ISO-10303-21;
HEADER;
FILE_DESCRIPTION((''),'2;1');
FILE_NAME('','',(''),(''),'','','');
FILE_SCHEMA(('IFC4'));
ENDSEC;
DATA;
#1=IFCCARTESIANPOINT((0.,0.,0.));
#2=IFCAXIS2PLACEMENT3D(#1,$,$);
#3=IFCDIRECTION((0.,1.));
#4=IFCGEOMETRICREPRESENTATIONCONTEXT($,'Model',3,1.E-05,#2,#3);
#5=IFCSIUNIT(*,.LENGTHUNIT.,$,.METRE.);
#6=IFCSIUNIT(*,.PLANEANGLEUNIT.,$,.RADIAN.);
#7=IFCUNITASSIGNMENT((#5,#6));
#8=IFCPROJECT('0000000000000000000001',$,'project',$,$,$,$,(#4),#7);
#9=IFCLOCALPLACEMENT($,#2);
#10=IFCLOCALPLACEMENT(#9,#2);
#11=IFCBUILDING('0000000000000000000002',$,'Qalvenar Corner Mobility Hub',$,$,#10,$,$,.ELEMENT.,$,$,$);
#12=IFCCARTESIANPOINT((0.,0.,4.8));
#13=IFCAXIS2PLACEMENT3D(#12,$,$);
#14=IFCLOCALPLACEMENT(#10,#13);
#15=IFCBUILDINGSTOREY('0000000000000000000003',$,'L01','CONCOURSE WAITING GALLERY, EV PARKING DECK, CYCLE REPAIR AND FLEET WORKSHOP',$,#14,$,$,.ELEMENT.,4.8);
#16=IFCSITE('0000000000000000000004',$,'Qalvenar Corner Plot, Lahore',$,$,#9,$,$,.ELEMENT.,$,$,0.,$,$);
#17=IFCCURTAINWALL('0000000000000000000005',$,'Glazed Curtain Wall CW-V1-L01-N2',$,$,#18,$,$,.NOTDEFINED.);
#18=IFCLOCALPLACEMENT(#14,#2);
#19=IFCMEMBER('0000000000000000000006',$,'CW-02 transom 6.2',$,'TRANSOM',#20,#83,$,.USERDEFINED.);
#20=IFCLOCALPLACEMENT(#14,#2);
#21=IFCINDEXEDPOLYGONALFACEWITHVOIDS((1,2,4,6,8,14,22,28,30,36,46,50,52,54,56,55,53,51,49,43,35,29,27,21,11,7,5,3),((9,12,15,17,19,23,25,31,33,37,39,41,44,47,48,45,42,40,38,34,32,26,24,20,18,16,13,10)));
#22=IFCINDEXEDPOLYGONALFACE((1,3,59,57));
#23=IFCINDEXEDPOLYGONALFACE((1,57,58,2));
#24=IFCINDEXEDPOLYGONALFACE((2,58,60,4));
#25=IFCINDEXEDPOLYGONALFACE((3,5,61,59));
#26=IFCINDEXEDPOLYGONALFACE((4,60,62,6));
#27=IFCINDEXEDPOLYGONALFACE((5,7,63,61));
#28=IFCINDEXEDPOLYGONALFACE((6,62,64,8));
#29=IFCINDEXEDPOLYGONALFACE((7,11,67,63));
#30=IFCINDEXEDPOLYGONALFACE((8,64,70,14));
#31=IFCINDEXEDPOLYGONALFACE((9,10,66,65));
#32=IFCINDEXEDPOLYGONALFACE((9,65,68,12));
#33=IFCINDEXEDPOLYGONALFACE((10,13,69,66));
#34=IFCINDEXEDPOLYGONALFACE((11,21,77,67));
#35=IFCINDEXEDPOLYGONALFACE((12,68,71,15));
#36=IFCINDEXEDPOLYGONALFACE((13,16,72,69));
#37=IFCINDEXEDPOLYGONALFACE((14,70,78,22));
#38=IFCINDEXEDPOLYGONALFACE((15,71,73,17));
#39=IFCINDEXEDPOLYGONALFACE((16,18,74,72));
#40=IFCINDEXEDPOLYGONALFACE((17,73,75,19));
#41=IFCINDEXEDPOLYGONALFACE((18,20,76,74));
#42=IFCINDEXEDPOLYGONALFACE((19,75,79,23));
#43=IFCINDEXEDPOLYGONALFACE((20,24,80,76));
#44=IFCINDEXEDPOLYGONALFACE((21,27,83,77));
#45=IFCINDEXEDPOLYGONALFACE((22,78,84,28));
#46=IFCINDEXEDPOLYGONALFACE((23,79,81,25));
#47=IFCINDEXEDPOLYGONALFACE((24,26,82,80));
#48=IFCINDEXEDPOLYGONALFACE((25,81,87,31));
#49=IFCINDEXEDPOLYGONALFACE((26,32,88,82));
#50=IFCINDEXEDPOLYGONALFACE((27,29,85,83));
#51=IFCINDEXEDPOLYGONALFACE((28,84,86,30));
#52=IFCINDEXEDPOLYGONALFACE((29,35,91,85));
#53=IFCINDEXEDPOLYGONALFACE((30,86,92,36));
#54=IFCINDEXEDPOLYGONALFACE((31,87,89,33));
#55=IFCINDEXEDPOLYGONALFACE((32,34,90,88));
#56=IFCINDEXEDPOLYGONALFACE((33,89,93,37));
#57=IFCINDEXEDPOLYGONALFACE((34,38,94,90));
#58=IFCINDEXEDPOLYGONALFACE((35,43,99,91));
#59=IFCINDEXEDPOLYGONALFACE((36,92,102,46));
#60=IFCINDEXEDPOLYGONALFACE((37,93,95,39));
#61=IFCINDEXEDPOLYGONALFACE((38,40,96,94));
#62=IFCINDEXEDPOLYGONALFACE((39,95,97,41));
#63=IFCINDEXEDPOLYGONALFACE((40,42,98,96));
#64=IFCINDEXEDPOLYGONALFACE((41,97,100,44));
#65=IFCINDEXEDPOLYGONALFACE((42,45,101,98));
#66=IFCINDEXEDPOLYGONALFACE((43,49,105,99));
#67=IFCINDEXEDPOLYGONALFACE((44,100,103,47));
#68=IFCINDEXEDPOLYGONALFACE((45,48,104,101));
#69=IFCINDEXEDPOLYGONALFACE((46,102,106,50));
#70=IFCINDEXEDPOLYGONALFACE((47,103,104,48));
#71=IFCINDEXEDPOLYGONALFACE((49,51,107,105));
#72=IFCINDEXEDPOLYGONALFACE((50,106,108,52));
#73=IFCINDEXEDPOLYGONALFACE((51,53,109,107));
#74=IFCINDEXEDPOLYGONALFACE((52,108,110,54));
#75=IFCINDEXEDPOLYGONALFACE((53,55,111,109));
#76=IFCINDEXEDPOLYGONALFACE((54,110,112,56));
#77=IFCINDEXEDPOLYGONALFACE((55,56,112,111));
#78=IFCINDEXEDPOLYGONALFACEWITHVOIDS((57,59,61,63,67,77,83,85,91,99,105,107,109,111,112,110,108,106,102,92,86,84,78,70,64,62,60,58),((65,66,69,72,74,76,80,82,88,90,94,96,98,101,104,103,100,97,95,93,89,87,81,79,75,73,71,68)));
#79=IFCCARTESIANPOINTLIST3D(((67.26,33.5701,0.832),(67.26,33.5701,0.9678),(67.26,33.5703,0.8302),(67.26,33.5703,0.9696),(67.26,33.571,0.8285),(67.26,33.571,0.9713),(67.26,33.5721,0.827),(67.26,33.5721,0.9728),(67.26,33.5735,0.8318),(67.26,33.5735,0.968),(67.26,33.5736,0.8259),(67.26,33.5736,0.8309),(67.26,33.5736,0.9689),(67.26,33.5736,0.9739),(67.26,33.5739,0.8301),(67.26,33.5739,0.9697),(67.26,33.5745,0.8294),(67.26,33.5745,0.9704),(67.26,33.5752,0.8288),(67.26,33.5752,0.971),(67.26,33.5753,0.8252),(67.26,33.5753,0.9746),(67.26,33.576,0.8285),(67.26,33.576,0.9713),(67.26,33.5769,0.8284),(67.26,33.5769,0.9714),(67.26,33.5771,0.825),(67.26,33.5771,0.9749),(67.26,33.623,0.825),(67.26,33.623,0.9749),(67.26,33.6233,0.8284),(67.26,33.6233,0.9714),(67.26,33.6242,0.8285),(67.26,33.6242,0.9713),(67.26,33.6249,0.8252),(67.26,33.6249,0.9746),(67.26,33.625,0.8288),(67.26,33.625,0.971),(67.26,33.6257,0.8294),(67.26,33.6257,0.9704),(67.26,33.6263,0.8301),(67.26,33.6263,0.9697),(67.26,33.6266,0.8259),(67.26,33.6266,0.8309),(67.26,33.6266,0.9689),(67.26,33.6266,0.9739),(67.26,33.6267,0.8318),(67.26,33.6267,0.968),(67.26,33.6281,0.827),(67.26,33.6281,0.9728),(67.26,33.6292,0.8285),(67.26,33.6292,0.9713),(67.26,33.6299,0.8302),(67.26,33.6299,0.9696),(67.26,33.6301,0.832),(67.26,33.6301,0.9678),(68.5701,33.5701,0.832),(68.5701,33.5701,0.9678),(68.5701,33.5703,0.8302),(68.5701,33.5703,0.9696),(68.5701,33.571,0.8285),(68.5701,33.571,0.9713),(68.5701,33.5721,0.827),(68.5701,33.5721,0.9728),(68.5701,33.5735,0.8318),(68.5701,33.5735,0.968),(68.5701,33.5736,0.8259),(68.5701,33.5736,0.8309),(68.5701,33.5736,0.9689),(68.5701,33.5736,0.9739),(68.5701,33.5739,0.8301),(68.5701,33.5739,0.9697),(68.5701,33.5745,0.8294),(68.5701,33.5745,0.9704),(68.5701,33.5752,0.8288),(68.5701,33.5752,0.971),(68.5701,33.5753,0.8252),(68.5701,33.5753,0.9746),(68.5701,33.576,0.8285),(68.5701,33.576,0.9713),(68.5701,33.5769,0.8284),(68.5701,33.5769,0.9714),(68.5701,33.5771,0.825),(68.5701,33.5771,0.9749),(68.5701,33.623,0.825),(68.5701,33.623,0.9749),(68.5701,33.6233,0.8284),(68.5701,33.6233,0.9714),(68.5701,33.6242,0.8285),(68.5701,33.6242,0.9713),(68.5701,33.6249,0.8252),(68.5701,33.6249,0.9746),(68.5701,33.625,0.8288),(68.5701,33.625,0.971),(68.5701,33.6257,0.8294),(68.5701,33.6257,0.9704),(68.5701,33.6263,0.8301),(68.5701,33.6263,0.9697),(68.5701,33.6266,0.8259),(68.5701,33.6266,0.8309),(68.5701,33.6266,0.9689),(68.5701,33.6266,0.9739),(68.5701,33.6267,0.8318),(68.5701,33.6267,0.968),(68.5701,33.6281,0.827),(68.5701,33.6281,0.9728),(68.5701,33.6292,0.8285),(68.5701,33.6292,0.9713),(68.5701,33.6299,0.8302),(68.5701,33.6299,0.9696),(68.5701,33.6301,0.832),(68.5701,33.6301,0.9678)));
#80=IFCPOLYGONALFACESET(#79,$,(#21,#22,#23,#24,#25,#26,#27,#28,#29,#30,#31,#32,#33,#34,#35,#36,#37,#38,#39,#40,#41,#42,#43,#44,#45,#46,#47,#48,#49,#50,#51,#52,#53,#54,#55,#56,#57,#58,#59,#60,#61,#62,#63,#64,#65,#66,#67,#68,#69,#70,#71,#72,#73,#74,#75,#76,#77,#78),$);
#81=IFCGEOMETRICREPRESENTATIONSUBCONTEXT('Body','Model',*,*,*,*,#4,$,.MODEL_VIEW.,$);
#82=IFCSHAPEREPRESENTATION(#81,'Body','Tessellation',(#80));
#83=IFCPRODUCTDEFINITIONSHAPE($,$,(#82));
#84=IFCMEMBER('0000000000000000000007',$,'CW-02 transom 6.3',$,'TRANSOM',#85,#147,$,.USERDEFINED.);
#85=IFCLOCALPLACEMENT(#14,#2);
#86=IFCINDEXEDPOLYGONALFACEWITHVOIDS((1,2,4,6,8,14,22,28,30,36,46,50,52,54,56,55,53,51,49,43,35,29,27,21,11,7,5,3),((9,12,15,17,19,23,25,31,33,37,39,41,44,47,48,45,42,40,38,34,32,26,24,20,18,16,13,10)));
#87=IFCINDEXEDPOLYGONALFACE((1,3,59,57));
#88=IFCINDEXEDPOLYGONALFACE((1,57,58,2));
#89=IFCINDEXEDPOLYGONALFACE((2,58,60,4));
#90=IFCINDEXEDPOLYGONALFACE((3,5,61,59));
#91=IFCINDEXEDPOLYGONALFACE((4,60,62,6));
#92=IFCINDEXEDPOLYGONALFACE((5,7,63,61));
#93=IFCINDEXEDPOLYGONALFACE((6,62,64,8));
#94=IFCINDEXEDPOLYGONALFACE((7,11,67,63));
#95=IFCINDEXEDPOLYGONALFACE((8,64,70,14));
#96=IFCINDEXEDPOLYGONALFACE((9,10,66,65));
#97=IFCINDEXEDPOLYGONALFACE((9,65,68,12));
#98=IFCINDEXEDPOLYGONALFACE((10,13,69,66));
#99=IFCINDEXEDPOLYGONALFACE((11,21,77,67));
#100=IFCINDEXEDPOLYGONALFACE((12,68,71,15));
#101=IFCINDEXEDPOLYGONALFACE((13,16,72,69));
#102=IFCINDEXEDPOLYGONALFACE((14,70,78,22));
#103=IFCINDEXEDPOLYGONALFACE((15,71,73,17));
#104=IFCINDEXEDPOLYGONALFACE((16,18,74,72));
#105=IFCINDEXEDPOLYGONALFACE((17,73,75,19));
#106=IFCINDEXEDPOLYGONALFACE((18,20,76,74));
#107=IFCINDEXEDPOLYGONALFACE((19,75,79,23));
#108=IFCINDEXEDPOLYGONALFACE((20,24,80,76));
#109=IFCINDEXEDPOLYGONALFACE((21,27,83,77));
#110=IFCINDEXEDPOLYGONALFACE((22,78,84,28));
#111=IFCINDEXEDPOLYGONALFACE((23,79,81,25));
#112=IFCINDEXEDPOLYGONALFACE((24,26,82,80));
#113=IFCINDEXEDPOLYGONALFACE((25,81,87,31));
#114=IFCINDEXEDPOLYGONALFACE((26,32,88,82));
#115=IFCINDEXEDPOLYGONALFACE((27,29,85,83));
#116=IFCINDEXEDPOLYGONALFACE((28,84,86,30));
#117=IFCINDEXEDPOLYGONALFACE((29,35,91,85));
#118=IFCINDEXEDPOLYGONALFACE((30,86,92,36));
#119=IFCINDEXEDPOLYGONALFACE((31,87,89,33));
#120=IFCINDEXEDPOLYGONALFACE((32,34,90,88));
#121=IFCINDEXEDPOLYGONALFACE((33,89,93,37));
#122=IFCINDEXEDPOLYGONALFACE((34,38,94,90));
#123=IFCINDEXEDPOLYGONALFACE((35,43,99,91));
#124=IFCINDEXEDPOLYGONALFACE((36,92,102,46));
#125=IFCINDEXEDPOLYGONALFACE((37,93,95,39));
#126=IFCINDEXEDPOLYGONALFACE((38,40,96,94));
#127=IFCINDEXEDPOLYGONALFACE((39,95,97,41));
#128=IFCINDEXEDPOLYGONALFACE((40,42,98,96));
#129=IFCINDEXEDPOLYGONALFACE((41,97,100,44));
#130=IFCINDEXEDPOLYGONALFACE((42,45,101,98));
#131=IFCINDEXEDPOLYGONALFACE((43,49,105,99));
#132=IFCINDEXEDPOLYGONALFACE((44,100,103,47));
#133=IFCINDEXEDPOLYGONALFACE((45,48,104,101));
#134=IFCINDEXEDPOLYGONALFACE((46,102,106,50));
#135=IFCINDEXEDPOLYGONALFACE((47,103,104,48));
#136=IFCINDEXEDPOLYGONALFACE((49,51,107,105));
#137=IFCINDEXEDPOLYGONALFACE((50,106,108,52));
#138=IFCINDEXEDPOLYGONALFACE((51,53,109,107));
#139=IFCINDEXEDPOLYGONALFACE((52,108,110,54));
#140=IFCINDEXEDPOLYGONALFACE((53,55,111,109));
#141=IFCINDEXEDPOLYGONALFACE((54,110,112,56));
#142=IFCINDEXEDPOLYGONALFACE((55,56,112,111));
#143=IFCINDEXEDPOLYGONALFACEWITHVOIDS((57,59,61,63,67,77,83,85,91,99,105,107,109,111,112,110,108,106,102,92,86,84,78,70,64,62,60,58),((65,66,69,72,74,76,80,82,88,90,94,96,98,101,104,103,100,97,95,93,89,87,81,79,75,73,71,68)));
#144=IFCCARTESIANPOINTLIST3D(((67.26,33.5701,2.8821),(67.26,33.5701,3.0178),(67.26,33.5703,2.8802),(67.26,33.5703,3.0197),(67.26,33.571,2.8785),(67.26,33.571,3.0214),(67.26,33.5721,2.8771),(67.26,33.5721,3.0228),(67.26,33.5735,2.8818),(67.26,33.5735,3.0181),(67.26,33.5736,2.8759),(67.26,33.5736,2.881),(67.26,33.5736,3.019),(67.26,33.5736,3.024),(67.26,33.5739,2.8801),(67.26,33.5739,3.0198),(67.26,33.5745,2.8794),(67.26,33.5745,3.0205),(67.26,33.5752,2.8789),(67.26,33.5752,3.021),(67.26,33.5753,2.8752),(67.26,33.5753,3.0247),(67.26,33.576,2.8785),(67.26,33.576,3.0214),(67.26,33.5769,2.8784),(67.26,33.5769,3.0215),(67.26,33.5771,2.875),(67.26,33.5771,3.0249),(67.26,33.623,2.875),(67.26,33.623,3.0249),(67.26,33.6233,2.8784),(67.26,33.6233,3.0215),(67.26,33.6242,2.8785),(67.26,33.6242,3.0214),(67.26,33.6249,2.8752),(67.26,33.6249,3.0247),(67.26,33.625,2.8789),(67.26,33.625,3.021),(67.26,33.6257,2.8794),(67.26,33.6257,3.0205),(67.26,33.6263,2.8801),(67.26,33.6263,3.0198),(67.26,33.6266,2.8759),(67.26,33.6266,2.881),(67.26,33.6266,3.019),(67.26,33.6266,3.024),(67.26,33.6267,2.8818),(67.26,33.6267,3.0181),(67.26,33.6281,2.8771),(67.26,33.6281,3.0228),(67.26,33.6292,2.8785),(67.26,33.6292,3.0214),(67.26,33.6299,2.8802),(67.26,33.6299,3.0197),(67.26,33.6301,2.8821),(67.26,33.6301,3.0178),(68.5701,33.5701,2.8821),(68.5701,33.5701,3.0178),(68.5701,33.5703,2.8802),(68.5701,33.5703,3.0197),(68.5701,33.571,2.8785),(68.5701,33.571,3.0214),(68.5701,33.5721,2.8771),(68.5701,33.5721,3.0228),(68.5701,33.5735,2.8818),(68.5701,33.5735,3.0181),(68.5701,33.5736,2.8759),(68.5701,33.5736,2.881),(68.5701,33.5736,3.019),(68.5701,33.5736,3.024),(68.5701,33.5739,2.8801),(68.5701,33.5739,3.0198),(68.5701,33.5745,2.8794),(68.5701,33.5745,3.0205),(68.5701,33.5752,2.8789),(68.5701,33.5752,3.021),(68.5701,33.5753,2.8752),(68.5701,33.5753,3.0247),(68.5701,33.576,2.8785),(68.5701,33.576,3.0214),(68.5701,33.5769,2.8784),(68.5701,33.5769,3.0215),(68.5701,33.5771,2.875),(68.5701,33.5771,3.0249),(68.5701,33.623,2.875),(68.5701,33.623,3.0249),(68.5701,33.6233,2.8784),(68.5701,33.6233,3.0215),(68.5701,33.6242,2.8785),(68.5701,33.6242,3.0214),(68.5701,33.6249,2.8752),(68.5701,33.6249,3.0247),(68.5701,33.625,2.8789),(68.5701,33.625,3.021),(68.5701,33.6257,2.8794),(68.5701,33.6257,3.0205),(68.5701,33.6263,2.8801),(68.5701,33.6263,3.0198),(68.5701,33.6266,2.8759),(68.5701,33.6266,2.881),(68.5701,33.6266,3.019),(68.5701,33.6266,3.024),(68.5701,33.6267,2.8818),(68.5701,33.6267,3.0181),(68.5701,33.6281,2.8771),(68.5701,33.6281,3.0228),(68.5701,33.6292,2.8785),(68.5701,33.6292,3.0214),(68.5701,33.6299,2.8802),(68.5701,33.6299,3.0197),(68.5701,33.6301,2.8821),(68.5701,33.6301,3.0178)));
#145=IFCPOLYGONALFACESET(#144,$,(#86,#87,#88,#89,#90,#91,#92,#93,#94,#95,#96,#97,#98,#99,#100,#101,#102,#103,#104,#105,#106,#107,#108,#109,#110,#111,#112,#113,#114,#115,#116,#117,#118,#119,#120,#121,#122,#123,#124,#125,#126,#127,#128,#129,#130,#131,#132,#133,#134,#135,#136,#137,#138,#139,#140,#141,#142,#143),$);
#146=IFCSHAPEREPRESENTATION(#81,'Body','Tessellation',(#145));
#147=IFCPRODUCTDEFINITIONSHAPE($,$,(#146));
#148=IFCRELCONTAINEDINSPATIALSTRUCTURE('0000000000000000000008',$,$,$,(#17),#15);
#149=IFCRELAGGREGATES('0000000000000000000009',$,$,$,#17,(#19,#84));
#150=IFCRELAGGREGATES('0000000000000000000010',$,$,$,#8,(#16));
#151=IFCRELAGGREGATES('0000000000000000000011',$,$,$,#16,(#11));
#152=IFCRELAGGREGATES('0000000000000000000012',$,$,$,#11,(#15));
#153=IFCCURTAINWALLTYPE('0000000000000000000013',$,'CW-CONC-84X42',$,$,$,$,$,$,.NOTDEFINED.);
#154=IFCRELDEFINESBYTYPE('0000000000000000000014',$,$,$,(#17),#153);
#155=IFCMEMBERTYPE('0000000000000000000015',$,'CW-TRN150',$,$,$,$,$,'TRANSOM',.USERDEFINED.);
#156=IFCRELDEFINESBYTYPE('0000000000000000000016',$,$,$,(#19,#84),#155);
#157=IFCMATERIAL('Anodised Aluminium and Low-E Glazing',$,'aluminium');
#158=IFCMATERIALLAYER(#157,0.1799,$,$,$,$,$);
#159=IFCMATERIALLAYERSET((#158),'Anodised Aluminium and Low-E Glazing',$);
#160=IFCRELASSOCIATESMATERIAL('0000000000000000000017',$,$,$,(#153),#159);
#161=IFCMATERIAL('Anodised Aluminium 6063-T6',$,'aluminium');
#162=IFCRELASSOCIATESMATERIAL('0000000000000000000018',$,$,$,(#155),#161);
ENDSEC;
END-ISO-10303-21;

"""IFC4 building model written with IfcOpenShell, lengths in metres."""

from ifc_helpers import new_model, si_unit, direction, frame, origin, origin_2d, place, context, subcontext, project, spatial, hollow_rectangle, extrude, material, layer, layer_set, material_profile, profile_set, type_object, element, aggregate, save


model = new_model("IFC4")

# Units and contexts
model_context = context("Model", 3, precision=1e-05, world=origin(), true_north=direction((0.0, 1.0)))
body_context = subcontext(model_context, "Body", "Model", "MODEL_VIEW")
ifc_project = project(units=[si_unit("LENGTHUNIT", "METRE"), si_unit("PLANEANGLEUNIT", "RADIAN")], contexts=[model_context])

# Site, building, storey
site_placement = place(None, origin())
site = spatial("IfcSite", under=ifc_project, at=site_placement, Name="Qalvenar Corner Plot, Lahore", CompositionType="ELEMENT", RefElevation=0.0)
building_placement = place(site_placement, origin())
building = spatial("IfcBuilding", under=site, at=building_placement, Name="Qalvenar Corner Mobility Hub", CompositionType="ELEMENT")
storey_placement = place(building_placement, frame((0.0, 0.0, 4.8)))
storey = spatial("IfcBuildingStorey", under=building, at=storey_placement, Name="L01", Description="CONCOURSE WAITING GALLERY, EV PARKING DECK, CYCLE REPAIR AND FLEET WORKSHOP", CompositionType="ELEMENT", Elevation=4.8)

# Shared definitions
ifc_material_1 = material(Name="Anodised Aluminium and Low-E Glazing", Category="aluminium")
ifc_layer_1 = layer(ifc_material_1, 0.1799)
ifc_layer_set_1 = layer_set([ifc_layer_1], Name="Anodised Aluminium and Low-E Glazing")
curtain_wall_type = type_object("IfcCurtainWallType", Name="CW-CONC-84X42", PredefinedType="NOTDEFINED", material=ifc_layer_set_1)
ifc_material_2 = material(Name="Anodised Aluminium 6063-T6", Category="aluminium")

# Curtain wall
curtain_wall_1_placement = place(storey_placement, origin())
curtain_wall_1 = element("IfcCurtainWall", 1, at=curtain_wall_1_placement, inside=storey, type_object=curtain_wall_type, Name="Glazed Curtain Wall CW-V1-L01-N2", PredefinedType="NOTDEFINED")

# Members
ifc_material_profile_1 = material_profile(ifc_material_2, hollow_rectangle(XDim=0.0601, YDim=0.1499, WallThickness=0.0034, InnerFilletRadius=0.0034, OuterFilletRadius=0.0071, at=origin_2d()), Name="RHS150x60x3.5")
ifc_profile_set_1 = profile_set([ifc_material_profile_1], Name="Anodised Aluminium 6063-T6")
member_type_1 = type_object("IfcMemberType", Name="CW-TRN150", ElementType="TRANSOM", PredefinedType="USERDEFINED", material=ifc_profile_set_1)
member_1_placement = place(storey_placement, frame((68.5701, 33.6001, 0.8999), z_axis=(-1.0, 0.0, 0.0), x_axis=(0.0, -1.0, 0.0)))
member_1 = element("IfcMember", 2, at=member_1_placement, type_object=member_type_1, Name="CW-02 transom 6.2", ObjectType="TRANSOM", PredefinedType="USERDEFINED", context=body_context, shape_type="SweptSolid", body=[
    extrude(hollow_rectangle(XDim=0.0601, YDim=0.1499, WallThickness=0.0034, InnerFilletRadius=0.0034, OuterFilletRadius=0.0071, at=origin_2d()), origin(), (0.0, 0.0, 1.0), 1.3101),
])
member_2_placement = place(storey_placement, frame((68.5701, 33.6001, 2.95), z_axis=(-1.0, 0.0, 0.0), x_axis=(0.0, -1.0, 0.0)))
member_2 = element("IfcMember", 3, at=member_2_placement, type_object=member_type_1, Name="CW-02 transom 6.3", ObjectType="TRANSOM", PredefinedType="USERDEFINED", context=body_context, shape_type="SweptSolid", body=[
    extrude(hollow_rectangle(XDim=0.0601, YDim=0.1499, WallThickness=0.0034, InnerFilletRadius=0.0034, OuterFilletRadius=0.0071, at=origin_2d()), origin(), (0.0, 0.0, 1.0), 1.3101),
])

aggregate(curtain_wall_1, [member_1, member_2])

save(model, "model.ifc")
